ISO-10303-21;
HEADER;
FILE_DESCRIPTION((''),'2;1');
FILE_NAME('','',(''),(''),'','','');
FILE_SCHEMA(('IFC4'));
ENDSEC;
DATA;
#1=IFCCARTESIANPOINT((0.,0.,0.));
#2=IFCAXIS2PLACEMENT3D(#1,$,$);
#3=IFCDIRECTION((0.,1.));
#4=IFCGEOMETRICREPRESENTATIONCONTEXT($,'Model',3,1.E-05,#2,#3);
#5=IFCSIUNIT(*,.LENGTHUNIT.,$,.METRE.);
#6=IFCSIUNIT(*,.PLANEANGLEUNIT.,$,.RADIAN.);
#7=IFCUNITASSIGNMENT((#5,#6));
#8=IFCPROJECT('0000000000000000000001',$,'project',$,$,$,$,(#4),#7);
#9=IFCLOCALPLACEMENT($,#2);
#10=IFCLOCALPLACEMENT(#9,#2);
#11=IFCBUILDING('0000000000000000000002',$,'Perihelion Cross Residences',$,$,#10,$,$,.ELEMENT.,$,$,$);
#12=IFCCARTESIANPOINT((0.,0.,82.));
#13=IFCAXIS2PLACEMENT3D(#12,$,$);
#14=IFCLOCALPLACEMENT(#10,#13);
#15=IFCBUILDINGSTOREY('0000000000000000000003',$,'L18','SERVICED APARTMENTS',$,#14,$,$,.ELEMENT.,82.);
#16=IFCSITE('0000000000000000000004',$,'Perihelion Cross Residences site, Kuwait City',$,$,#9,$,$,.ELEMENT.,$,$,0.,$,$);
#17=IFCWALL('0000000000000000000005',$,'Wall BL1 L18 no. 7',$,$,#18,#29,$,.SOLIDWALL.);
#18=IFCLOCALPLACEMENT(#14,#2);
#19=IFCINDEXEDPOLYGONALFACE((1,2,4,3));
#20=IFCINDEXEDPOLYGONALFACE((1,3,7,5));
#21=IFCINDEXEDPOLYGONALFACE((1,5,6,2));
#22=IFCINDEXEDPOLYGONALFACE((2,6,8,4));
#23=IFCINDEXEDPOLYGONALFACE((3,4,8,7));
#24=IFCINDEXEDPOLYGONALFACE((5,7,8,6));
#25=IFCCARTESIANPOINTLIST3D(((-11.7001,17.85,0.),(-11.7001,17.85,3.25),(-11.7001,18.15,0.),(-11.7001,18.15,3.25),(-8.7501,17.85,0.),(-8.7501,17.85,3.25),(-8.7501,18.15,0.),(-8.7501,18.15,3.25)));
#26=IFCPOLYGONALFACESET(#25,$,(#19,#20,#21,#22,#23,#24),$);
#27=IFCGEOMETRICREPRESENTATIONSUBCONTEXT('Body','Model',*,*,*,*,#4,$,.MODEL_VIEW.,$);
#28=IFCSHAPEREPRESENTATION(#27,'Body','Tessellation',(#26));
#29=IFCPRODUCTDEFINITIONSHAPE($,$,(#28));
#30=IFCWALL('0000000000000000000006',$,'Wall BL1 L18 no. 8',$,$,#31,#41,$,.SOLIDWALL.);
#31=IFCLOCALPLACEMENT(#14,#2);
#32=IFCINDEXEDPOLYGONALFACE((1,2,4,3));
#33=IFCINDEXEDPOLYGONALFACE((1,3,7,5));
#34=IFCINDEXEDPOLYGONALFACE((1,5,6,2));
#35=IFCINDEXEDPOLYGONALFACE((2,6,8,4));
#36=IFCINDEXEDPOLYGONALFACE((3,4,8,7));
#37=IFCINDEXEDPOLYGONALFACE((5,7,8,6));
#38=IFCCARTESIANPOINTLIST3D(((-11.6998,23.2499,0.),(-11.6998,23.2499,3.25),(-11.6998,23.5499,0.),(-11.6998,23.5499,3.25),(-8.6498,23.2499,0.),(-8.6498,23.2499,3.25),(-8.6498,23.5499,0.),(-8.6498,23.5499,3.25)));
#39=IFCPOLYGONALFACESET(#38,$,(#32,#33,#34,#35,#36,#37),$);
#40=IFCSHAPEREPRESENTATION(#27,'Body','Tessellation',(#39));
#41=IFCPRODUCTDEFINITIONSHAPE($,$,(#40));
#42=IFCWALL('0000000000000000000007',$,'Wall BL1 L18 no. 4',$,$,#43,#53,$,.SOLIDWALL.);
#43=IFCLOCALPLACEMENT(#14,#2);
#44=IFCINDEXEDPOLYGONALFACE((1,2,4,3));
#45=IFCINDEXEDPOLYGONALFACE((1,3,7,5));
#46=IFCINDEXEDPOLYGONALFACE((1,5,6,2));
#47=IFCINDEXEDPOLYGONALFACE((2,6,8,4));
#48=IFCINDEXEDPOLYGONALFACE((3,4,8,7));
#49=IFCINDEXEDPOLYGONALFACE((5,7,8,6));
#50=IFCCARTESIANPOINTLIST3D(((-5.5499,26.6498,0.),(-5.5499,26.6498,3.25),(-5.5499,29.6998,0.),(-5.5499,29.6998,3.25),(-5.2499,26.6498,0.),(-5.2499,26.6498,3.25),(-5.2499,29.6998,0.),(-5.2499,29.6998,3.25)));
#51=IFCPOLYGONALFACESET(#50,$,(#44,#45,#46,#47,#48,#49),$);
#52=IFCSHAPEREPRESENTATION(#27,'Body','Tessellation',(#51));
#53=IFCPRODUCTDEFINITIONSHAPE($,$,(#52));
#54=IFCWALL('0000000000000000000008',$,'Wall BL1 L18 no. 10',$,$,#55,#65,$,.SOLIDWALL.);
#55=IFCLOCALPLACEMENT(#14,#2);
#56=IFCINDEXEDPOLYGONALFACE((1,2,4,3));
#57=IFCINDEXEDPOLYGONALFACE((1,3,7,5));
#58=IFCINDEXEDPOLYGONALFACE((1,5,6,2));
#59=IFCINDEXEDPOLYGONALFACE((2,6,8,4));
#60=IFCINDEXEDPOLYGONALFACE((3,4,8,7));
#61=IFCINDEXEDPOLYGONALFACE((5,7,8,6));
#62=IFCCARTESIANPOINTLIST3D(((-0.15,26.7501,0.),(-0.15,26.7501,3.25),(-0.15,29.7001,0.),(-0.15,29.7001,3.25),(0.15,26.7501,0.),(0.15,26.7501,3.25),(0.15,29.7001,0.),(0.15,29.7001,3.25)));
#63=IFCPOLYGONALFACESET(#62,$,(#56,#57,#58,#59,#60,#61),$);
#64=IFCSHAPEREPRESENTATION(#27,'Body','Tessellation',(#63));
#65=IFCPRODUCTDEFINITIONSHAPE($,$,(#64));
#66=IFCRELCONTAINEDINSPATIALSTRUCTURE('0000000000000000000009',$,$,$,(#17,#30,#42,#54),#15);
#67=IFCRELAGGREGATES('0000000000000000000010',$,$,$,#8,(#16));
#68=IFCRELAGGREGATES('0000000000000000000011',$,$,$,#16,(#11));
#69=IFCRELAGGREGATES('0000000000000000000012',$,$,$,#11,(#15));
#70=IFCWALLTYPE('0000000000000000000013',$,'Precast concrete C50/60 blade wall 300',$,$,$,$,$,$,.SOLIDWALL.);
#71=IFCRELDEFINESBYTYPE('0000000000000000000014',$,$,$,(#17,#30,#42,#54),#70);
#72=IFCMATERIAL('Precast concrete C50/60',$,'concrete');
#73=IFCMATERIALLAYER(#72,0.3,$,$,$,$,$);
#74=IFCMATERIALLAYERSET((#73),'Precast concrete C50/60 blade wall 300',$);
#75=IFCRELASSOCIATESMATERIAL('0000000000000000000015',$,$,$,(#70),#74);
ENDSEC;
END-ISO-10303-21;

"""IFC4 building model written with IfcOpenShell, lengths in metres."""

from ifc_helpers import new_model, si_unit, direction, frame, frame_2d, origin, place, context, subcontext, project, spatial, rectangle, extrude, material, layer, layer_set, type_object, element, save


model = new_model("IFC4")

# Units and contexts
model_context = context("Model", 3, precision=1e-05, world=origin(), true_north=direction((0.0, 1.0)))
body_context = subcontext(model_context, "Body", "Model", "MODEL_VIEW")
ifc_project = project(units=[si_unit("LENGTHUNIT", "METRE"), si_unit("PLANEANGLEUNIT", "RADIAN")], contexts=[model_context])

# Site, building, storey
site_placement = place(None, origin())
site = spatial("IfcSite", under=ifc_project, at=site_placement, Name="Perihelion Cross Residences site, Kuwait City", CompositionType="ELEMENT", RefElevation=0.0)
building_placement = place(site_placement, origin())
building = spatial("IfcBuilding", under=site, at=building_placement, Name="Perihelion Cross Residences", CompositionType="ELEMENT")
storey_placement = place(building_placement, frame((0.0, 0.0, 82.0)))
storey = spatial("IfcBuildingStorey", under=building, at=storey_placement, Name="L18", Description="SERVICED APARTMENTS", CompositionType="ELEMENT", Elevation=82.0)

# Walls
ifc_material_1 = material(Name="Precast concrete C50/60", Category="concrete")
ifc_layer_1 = layer(ifc_material_1, 0.3)
ifc_layer_set_1 = layer_set([ifc_layer_1], Name="Precast concrete C50/60 blade wall 300")
wall_type_1 = type_object("IfcWallType", Name="Precast concrete C50/60 blade wall 300", PredefinedType="SOLIDWALL", material=ifc_layer_set_1)
wall_1_placement = place(storey_placement, frame((-8.75, 18.0, 0.0), z_axis=(0.0, 0.0, 1.0), x_axis=(-1.0, 0.0, 0.0)))
element("IfcWall", 1, at=wall_1_placement, inside=storey, type_object=wall_type_1, Name="Wall BL1 L18 no. 7", PredefinedType="SOLIDWALL", context=body_context, shape_type="SweptSolid", body=[
    extrude(rectangle(XDim=2.95, YDim=0.3, at=frame_2d((1.4751, 0.0))), origin(), (0.0, 0.0, 1.0), 3.25),
])
for number, where, z_axis, x_axis, name in (
    (2, (-8.6499, 23.3999, 0.0), (0.0, 0.0, 1.0), (-1.0, 0.0, 0.0), "Wall BL1 L18 no. 8"),
    (3, (-5.3999, 26.6499, 0.0), (0.0, 0.0, 1.0), (0.0, 1.0, 0.0), "Wall BL1 L18 no. 4"),
):
    element("IfcWall", number, at=place(storey_placement, frame(where, z_axis=z_axis, x_axis=x_axis)), inside=storey, type_object=wall_type_1, Name=name, PredefinedType="SOLIDWALL", context=body_context, shape_type="SweptSolid", body=[
        extrude(rectangle(XDim=3.05, YDim=0.3, at=frame_2d((1.5249, 0.0))), origin(), (0.0, 0.0, 1.0), 3.25),
    ])
wall_2_placement = place(storey_placement, frame((0.0, 26.75, 0.0), z_axis=(0.0, 0.0, 1.0), x_axis=(0.0, 1.0, 0.0)))
element("IfcWall", 4, at=wall_2_placement, inside=storey, type_object=wall_type_1, Name="Wall BL1 L18 no. 10", PredefinedType="SOLIDWALL", context=body_context, shape_type="SweptSolid", body=[
    extrude(rectangle(XDim=2.95, YDim=0.3, at=frame_2d((1.4751, 0.0))), origin(), (0.0, 0.0, 1.0), 3.25),
])

save(model, "model.ifc")
